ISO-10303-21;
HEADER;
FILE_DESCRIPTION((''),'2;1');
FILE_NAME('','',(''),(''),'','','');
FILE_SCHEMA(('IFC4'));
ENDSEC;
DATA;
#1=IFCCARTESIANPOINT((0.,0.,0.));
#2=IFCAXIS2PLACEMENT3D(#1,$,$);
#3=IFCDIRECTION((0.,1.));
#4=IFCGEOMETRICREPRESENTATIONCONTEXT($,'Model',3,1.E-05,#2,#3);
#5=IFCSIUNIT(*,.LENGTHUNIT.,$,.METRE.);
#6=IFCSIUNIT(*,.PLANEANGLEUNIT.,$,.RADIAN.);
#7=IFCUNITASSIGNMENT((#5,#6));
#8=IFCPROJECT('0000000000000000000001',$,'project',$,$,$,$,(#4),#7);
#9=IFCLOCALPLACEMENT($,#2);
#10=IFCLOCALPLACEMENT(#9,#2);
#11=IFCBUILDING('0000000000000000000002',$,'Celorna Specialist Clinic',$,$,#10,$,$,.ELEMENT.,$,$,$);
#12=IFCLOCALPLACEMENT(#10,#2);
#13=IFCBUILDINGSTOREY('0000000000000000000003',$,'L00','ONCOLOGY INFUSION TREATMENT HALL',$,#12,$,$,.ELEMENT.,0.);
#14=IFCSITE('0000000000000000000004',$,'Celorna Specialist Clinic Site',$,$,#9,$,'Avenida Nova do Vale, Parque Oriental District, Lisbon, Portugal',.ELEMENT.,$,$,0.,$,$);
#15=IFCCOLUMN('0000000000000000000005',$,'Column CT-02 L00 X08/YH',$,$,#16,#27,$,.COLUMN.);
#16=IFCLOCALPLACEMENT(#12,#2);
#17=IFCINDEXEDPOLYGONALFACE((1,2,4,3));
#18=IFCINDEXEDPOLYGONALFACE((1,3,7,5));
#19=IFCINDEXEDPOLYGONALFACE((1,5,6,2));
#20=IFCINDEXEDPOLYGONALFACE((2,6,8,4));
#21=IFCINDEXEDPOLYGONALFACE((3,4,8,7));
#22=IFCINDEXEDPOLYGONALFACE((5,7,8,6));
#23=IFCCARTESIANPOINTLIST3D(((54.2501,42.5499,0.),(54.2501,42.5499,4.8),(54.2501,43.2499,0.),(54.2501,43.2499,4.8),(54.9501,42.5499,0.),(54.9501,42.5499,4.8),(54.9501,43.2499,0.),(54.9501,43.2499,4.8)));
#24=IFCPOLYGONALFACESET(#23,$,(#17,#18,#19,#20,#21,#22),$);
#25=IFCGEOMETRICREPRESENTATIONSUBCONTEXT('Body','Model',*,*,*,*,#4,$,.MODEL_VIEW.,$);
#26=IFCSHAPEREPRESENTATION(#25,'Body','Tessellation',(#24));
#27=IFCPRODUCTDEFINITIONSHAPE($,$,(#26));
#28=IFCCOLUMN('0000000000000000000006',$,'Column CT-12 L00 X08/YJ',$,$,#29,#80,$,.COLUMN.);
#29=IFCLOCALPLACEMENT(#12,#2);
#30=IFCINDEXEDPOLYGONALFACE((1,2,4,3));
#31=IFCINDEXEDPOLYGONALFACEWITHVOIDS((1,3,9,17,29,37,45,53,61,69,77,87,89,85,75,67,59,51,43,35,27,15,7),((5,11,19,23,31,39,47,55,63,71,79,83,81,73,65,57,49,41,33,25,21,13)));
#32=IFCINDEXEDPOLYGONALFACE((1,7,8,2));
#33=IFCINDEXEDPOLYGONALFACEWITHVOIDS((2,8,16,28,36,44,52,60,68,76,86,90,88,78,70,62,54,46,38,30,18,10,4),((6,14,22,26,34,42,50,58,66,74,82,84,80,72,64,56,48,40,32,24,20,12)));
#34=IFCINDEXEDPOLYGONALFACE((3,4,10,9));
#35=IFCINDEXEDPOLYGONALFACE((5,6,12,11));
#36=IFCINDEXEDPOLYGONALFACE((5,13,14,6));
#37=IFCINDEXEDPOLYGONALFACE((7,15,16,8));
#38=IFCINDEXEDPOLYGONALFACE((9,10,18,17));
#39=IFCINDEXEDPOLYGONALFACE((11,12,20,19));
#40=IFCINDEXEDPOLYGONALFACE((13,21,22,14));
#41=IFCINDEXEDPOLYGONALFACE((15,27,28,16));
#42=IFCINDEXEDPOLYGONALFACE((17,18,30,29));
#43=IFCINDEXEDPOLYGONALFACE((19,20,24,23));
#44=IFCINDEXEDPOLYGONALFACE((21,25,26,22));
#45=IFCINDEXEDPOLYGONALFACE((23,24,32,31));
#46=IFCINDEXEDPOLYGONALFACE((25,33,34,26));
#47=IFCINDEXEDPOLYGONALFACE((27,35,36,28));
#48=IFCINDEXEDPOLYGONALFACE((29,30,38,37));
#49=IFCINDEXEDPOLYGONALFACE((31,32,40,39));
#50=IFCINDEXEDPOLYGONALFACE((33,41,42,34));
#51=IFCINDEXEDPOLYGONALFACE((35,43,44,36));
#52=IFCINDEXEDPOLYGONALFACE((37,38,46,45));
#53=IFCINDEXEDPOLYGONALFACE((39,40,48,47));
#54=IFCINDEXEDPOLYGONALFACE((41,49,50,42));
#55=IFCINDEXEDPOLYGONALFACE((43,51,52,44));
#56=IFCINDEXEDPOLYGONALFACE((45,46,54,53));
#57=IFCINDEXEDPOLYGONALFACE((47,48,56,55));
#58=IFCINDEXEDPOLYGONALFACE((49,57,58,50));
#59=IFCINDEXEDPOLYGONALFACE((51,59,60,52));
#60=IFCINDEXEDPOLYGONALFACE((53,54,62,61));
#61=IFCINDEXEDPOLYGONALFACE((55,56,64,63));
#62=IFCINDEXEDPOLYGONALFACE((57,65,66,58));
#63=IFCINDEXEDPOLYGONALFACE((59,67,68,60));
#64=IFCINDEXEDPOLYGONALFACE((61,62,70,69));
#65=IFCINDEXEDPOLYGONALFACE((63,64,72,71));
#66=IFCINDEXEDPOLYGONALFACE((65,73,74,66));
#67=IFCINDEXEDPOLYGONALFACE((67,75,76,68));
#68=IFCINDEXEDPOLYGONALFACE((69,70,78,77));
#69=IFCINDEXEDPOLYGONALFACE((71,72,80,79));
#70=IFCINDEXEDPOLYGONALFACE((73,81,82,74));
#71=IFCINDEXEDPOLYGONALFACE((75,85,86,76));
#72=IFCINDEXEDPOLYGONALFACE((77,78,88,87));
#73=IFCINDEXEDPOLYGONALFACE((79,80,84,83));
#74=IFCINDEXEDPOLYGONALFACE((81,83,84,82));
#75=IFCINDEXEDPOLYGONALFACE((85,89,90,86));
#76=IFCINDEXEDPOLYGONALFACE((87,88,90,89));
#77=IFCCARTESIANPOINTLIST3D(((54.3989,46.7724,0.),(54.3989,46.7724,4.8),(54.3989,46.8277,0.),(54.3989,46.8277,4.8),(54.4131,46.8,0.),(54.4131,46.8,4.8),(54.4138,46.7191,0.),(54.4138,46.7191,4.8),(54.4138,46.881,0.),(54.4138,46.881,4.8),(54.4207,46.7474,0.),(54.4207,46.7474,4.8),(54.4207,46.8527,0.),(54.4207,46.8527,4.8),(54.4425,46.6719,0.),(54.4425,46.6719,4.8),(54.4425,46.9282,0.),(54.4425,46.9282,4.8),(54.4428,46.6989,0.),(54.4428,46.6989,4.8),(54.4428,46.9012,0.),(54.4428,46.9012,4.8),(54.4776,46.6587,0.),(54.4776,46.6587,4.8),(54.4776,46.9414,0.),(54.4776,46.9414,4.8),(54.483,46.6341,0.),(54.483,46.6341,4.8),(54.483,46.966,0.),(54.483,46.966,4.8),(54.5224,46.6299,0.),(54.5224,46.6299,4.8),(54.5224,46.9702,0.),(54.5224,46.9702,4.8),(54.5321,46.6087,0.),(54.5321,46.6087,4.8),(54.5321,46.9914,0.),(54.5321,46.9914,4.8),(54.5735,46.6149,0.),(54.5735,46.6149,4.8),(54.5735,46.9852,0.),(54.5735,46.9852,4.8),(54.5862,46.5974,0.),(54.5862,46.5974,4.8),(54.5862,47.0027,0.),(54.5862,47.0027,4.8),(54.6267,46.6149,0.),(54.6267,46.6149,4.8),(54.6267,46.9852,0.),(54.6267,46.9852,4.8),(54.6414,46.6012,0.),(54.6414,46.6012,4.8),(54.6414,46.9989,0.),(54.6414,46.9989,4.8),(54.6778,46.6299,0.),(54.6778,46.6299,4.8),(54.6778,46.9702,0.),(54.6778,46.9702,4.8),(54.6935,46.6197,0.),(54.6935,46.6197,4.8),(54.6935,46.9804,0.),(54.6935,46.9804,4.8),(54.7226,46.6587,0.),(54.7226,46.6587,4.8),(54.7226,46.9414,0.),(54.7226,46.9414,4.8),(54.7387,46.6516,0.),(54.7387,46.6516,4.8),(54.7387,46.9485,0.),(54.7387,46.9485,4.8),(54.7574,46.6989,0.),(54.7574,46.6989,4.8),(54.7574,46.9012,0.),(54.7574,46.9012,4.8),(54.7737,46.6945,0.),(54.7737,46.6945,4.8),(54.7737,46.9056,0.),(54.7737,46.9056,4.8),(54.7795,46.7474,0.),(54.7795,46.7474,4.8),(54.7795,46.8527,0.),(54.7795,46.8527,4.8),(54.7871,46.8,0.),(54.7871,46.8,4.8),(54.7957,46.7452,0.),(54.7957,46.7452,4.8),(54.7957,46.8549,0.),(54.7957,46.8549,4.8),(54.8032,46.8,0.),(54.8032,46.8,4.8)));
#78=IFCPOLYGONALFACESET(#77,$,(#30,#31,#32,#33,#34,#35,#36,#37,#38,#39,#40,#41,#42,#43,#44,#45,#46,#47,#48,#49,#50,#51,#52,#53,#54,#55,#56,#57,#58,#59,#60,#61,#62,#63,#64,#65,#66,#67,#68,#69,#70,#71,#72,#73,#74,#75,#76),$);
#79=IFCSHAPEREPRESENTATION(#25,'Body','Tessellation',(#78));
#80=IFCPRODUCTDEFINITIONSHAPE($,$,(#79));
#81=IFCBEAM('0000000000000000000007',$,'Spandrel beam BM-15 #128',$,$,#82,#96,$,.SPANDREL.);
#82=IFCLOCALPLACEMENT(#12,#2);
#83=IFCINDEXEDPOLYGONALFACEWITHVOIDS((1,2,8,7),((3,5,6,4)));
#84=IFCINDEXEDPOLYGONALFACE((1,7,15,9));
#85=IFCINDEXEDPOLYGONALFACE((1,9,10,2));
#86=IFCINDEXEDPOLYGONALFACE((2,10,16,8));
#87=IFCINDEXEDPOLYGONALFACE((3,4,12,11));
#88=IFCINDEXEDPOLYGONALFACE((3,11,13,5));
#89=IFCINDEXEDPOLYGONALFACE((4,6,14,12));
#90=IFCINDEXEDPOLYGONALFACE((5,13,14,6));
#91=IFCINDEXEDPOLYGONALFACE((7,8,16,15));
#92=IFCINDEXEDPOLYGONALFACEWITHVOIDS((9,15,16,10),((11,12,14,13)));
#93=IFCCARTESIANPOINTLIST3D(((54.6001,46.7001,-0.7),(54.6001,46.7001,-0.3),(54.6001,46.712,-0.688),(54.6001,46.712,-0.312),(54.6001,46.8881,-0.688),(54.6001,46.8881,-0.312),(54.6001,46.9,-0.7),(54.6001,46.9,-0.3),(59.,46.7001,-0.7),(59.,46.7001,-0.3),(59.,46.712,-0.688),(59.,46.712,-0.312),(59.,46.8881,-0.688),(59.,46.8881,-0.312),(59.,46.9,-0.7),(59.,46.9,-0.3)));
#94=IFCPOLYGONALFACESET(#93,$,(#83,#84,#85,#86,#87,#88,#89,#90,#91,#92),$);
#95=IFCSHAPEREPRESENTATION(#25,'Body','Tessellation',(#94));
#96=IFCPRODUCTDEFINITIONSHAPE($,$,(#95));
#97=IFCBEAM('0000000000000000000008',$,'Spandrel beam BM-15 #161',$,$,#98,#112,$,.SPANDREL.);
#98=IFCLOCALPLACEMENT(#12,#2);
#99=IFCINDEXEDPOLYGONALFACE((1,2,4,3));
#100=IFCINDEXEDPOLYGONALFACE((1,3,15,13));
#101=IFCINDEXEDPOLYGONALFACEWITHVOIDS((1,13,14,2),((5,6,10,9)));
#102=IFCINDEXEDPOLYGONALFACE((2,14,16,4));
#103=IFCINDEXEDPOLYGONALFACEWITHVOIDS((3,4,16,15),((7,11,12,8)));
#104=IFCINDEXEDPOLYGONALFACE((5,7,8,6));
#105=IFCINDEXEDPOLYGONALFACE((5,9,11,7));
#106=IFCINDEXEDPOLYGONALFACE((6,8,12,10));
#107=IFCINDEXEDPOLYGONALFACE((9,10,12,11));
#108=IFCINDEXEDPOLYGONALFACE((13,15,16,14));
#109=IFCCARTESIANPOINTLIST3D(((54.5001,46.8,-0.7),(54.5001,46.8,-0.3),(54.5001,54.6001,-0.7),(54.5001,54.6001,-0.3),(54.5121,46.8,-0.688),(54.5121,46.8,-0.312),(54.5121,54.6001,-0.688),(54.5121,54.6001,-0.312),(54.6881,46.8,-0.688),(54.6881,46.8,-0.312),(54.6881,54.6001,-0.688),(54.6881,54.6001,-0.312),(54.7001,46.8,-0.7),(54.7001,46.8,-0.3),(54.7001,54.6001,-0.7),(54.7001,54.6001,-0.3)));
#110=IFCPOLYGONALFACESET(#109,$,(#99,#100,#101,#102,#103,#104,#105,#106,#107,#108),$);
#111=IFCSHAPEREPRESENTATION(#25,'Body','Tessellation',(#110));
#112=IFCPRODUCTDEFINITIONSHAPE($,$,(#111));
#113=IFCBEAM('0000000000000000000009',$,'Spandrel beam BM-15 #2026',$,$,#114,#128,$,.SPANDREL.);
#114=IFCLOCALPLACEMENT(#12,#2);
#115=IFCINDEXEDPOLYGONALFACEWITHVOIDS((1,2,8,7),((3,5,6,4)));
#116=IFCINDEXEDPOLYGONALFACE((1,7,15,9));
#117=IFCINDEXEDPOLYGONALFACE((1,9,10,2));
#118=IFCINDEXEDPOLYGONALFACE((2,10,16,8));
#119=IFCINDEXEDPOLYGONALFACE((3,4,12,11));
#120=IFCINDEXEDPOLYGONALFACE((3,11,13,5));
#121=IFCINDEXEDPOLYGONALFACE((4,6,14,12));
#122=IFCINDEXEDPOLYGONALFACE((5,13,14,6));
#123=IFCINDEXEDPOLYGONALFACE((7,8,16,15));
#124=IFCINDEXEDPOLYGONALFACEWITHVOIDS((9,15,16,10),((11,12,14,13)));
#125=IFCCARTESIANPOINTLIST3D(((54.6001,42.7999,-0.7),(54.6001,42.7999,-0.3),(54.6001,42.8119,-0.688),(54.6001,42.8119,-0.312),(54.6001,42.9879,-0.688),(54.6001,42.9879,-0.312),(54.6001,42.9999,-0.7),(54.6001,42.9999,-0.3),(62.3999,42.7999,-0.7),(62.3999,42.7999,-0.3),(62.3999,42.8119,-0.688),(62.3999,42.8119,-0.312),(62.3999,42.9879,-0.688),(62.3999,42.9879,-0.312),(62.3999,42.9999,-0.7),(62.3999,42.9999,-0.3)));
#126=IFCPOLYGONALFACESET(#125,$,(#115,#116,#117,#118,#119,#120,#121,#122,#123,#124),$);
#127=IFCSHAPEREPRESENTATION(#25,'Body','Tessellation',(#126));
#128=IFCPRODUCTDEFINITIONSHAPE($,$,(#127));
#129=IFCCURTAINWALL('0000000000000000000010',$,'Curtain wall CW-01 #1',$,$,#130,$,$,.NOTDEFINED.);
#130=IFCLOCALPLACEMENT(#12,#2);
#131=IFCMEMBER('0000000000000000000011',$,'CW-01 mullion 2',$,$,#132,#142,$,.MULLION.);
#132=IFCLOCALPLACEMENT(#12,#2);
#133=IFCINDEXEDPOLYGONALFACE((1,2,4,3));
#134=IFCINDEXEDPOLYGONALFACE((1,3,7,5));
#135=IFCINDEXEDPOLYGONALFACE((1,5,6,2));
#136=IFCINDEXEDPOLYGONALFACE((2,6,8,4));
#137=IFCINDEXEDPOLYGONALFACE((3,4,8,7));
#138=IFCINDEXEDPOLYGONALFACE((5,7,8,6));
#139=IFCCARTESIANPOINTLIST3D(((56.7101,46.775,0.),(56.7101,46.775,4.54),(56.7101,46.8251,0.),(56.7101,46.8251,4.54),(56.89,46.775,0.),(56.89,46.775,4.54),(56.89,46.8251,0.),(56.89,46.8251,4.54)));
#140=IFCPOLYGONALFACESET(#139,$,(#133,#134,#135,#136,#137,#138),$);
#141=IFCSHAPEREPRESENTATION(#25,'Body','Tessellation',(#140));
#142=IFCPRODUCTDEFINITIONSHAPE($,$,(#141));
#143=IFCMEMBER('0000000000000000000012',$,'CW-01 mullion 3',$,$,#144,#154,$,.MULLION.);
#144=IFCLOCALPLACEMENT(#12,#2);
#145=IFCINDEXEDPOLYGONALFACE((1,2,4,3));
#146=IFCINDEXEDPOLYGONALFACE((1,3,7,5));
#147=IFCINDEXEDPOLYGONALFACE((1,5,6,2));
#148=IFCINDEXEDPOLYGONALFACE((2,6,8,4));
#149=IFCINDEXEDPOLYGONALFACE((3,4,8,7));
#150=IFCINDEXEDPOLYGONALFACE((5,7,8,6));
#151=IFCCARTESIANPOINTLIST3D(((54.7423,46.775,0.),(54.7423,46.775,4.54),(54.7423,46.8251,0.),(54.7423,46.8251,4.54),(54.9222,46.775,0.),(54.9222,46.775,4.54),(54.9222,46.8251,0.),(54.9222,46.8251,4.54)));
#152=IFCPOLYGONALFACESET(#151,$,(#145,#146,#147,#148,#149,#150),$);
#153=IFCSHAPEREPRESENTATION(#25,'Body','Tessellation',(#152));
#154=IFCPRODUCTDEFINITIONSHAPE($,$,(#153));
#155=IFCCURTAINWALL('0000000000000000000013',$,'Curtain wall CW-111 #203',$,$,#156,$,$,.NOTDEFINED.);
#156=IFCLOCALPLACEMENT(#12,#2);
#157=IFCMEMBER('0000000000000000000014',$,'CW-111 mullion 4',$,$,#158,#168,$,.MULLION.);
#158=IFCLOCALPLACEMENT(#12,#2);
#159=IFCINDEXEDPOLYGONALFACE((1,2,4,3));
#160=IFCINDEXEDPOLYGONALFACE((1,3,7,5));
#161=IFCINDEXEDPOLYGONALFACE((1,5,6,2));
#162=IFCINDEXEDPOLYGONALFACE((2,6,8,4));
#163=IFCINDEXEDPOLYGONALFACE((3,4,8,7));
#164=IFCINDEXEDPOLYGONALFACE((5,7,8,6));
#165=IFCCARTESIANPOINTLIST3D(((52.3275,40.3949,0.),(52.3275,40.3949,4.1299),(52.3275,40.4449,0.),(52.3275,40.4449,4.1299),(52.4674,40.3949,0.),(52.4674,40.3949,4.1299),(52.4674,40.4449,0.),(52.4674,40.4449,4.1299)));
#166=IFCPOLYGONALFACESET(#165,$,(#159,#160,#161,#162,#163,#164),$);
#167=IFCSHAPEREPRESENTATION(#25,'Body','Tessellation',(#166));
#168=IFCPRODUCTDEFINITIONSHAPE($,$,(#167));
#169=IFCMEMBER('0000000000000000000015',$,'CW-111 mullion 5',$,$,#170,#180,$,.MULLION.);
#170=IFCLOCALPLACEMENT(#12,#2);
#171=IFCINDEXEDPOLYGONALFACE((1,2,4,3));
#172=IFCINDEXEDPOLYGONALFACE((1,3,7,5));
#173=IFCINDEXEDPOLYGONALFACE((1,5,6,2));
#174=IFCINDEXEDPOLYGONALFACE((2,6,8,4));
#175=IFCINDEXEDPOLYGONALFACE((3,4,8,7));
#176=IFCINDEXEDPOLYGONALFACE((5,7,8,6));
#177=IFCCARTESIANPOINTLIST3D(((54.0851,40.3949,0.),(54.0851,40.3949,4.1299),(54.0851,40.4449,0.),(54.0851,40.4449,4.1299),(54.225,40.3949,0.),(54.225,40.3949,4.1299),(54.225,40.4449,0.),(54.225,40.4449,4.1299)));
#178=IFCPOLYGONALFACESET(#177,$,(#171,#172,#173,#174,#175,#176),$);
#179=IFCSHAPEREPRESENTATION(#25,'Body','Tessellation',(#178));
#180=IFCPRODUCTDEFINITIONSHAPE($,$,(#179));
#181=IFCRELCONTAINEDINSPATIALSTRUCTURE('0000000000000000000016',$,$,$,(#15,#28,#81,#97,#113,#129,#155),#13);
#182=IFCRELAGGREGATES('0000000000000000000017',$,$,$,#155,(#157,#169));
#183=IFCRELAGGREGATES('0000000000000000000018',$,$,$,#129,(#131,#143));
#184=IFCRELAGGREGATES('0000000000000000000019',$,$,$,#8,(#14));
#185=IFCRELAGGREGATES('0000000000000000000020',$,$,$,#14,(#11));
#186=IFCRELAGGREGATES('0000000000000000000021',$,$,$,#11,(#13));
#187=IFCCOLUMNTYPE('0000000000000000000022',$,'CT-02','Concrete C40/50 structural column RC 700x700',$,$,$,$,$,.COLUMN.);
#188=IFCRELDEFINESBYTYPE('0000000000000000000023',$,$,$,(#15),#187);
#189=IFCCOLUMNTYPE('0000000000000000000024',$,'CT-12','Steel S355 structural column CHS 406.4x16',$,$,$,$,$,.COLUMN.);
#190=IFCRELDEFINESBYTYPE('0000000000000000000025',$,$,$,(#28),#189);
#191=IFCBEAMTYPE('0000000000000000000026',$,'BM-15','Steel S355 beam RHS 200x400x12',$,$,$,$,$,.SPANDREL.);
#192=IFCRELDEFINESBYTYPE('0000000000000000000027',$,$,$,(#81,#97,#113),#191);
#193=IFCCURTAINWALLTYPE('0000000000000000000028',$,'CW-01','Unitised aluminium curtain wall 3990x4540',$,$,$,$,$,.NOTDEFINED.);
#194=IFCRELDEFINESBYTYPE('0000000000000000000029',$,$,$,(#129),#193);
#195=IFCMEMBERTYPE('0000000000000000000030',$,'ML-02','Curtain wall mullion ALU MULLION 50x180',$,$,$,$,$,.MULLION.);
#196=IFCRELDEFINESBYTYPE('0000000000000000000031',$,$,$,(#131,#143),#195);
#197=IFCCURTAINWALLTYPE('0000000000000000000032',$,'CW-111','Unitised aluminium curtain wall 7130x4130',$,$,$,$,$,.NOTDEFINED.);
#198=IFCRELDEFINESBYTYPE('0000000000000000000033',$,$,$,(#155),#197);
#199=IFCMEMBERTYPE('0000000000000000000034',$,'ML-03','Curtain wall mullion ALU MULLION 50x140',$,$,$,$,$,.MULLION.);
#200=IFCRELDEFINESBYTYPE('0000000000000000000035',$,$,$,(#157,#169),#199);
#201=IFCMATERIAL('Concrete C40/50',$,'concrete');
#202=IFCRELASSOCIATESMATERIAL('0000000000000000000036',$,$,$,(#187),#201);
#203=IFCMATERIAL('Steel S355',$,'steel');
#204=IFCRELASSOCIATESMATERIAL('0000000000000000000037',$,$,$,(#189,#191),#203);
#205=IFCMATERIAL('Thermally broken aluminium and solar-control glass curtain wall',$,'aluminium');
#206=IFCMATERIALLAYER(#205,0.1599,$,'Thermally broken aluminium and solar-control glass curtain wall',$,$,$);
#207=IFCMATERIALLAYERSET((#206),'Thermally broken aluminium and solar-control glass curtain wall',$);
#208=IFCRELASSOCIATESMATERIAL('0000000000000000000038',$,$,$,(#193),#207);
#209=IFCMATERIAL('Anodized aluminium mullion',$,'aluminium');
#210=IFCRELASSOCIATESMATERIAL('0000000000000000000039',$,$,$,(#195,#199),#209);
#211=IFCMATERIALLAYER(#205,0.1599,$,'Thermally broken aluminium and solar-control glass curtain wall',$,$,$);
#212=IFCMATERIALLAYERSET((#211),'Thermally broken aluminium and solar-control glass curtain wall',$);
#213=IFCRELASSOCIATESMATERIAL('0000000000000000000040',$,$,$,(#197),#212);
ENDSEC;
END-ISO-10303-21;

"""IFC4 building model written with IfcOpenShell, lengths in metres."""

from ifc_helpers import new_model, si_unit, direction, frame, origin, origin_2d, place, context, subcontext, project, spatial, rectangle, hollow_rectangle, hollow_circle, extrude, material, layer, layer_set, material_profile, profile_set, type_object, element, aggregate, save


model = new_model("IFC4")

# Units and contexts
model_context = context("Model", 3, precision=1e-05, world=origin(), true_north=direction((0.0, 1.0)))
body_context = subcontext(model_context, "Body", "Model", "MODEL_VIEW")
ifc_project = project(units=[si_unit("LENGTHUNIT", "METRE"), si_unit("PLANEANGLEUNIT", "RADIAN")], contexts=[model_context])

# Site, building, storey
site_placement = place(None, origin())
site = spatial("IfcSite", under=ifc_project, at=site_placement, Name="Celorna Specialist Clinic Site", LongName="Avenida Nova do Vale, Parque Oriental District, Lisbon, Portugal", CompositionType="ELEMENT", RefElevation=0.0)
building_placement = place(site_placement, origin())
building = spatial("IfcBuilding", under=site, at=building_placement, Name="Celorna Specialist Clinic", CompositionType="ELEMENT")
storey_placement = place(building_placement, origin())
storey = spatial("IfcBuildingStorey", under=building, at=storey_placement, Name="L00", Description="ONCOLOGY INFUSION TREATMENT HALL", CompositionType="ELEMENT", Elevation=0.0)

# Columns
ifc_material_1 = material(Name="Concrete C40/50", Category="concrete")
ifc_material_profile_1 = material_profile(ifc_material_1, rectangle(XDim=0.7, YDim=0.7, at=origin_2d()), Name="RC 700x700")
ifc_profile_set_1 = profile_set([ifc_material_profile_1], Name="Concrete C40/50")
column_type_1 = type_object("IfcColumnType", Name="CT-02", Description="Concrete C40/50 structural column RC 700x700", PredefinedType="COLUMN", material=ifc_profile_set_1)
column_1_placement = place(storey_placement, frame((54.6001, 42.8999, 0.0), z_axis=(0.0, 0.0, 1.0), x_axis=(1.0, 0.0, 0.0)))
element("IfcColumn", 1, at=column_1_placement, inside=storey, type_object=column_type_1, Name="Column CT-02 L00 X08/YH", PredefinedType="COLUMN", context=body_context, shape_type="SweptSolid", body=[
    extrude(rectangle(XDim=0.7, YDim=0.7, at=origin_2d()), origin(), (0.0, 0.0, 1.0), 4.8),
])
ifc_material_2 = material(Name="Steel S355", Category="steel")
ifc_material_profile_2 = material_profile(ifc_material_2, hollow_circle(Radius=0.2031, WallThickness=0.0161, at=origin_2d()), Name="CHS 406.4x16")
ifc_profile_set_2 = profile_set([ifc_material_profile_2], Name="Steel S355")
column_type_2 = type_object("IfcColumnType", Name="CT-12", Description="Steel S355 structural column CHS 406.4x16", PredefinedType="COLUMN", material=ifc_profile_set_2)
column_2_placement = place(storey_placement, frame((54.6001, 46.8, 0.0), z_axis=(0.0, 0.0, 1.0), x_axis=(1.0, 0.0, 0.0)))
element("IfcColumn", 2, at=column_2_placement, inside=storey, type_object=column_type_2, Name="Column CT-12 L00 X08/YJ", PredefinedType="COLUMN", context=body_context, shape_type="SweptSolid", body=[
    extrude(hollow_circle(Radius=0.2031, WallThickness=0.0161, at=origin_2d()), origin(), (0.0, 0.0, 1.0), 4.8),
])

# Beams
ifc_material_profile_3 = material_profile(ifc_material_2, hollow_rectangle(XDim=0.2, YDim=0.3999, WallThickness=0.012, at=origin_2d()), Name="RHS 200x400x12")
ifc_profile_set_3 = profile_set([ifc_material_profile_3], Name="Steel S355")
beam_type = type_object("IfcBeamType", Name="BM-15", Description="Steel S355 beam RHS 200x400x12", PredefinedType="SPANDREL", material=ifc_profile_set_3)
beam_1_placement = place(storey_placement, frame((54.6001, 46.8, -0.5), z_axis=(1.0, 0.0, 0.0), x_axis=(0.0, 1.0, 0.0)))
element("IfcBeam", 3, at=beam_1_placement, inside=storey, type_object=beam_type, Name="Spandrel beam BM-15 #128", PredefinedType="SPANDREL", context=body_context, shape_type="SweptSolid", body=[
    extrude(hollow_rectangle(XDim=0.2, YDim=0.3999, WallThickness=0.012, at=origin_2d()), origin(), (0.0, 0.0, 1.0), 4.3999),
])
beam_2_placement = place(storey_placement, frame((54.6001, 46.8, -0.5), z_axis=(0.0, 1.0, 0.0), x_axis=(-1.0, 0.0, 0.0)))
element("IfcBeam", 4, at=beam_2_placement, inside=storey, type_object=beam_type, Name="Spandrel beam BM-15 #161", PredefinedType="SPANDREL", context=body_context, shape_type="SweptSolid", body=[
    extrude(hollow_rectangle(XDim=0.2, YDim=0.3999, WallThickness=0.012, at=origin_2d()), origin(), (0.0, 0.0, 1.0), 7.8),
])
beam_3_placement = place(storey_placement, frame((54.6001, 42.8999, -0.5), z_axis=(1.0, 0.0, 0.0), x_axis=(0.0, 1.0, 0.0)))
element("IfcBeam", 5, at=beam_3_placement, inside=storey, type_object=beam_type, Name="Spandrel beam BM-15 #2026", PredefinedType="SPANDREL", context=body_context, shape_type="SweptSolid", body=[
    extrude(hollow_rectangle(XDim=0.2, YDim=0.3999, WallThickness=0.012, at=origin_2d()), origin(), (0.0, 0.0, 1.0), 7.7998),
])

# Curtain walls, members
ifc_material_3 = material(Name="Thermally broken aluminium and solar-control glass curtain wall", Category="aluminium")
ifc_layer_1 = layer(ifc_material_3, 0.1599, Name="Thermally broken aluminium and solar-control glass curtain wall")
ifc_layer_set_1 = layer_set([ifc_layer_1], Name="Thermally broken aluminium and solar-control glass curtain wall")
curtain_wall_type_1 = type_object("IfcCurtainWallType", Name="CW-01", Description="Unitised aluminium curtain wall 3990x4540", PredefinedType="NOTDEFINED", material=ifc_layer_set_1)
curtain_wall_1_placement = place(storey_placement, origin())
curtain_wall_1 = element("IfcCurtainWall", 6, at=curtain_wall_1_placement, inside=storey, type_object=curtain_wall_type_1, Name="Curtain wall CW-01 #1", PredefinedType="NOTDEFINED")
ifc_material_4 = material(Name="Anodized aluminium mullion", Category="aluminium")
ifc_material_profile_4 = material_profile(ifc_material_4, rectangle(XDim=0.05, YDim=0.1799, at=origin_2d()), Name="ALU MULLION 50x180")
ifc_profile_set_4 = profile_set([ifc_material_profile_4], Name="Anodized aluminium mullion")
member_type_1 = type_object("IfcMemberType", Name="ML-02", Description="Curtain wall mullion ALU MULLION 50x180", PredefinedType="MULLION", material=ifc_profile_set_4)
member_1_placement = place(storey_placement, frame((56.8, 46.8, 0.0), z_axis=(0.0, 0.0, 1.0), x_axis=(0.0, -1.0, 0.0)))
member_1 = element("IfcMember", 7, at=member_1_placement, type_object=member_type_1, Name="CW-01 mullion 2", PredefinedType="MULLION", context=body_context, shape_type="SweptSolid", body=[
    extrude(rectangle(XDim=0.05, YDim=0.1799, at=origin_2d()), origin(), (0.0, 0.0, 1.0), 4.54),
])
member_2_placement = place(storey_placement, frame((54.8323, 46.8, 0.0), z_axis=(0.0, 0.0, 1.0), x_axis=(0.0, -1.0, 0.0)))
member_2 = element("IfcMember", 8, at=member_2_placement, type_object=member_type_1, Name="CW-01 mullion 3", PredefinedType="MULLION", context=body_context, shape_type="SweptSolid", body=[
    extrude(rectangle(XDim=0.05, YDim=0.1799, at=origin_2d()), origin(), (0.0, 0.0, 1.0), 4.54),
])
ifc_layer_2 = layer(ifc_material_3, 0.1599, Name="Thermally broken aluminium and solar-control glass curtain wall")
ifc_layer_set_2 = layer_set([ifc_layer_2], Name="Thermally broken aluminium and solar-control glass curtain wall")
curtain_wall_type_2 = type_object("IfcCurtainWallType", Name="CW-111", Description="Unitised aluminium curtain wall 7130x4130", PredefinedType="NOTDEFINED", material=ifc_layer_set_2)
curtain_wall_2_placement = place(storey_placement, origin())
curtain_wall_2 = element("IfcCurtainWall", 9, at=curtain_wall_2_placement, inside=storey, type_object=curtain_wall_type_2, Name="Curtain wall CW-111 #203", PredefinedType="NOTDEFINED")
ifc_material_profile_5 = material_profile(ifc_material_4, rectangle(XDim=0.05, YDim=0.1399, at=origin_2d()), Name="ALU MULLION 50x140")
ifc_profile_set_5 = profile_set([ifc_material_profile_5], Name="Anodized aluminium mullion")
member_type_2 = type_object("IfcMemberType", Name="ML-03", Description="Curtain wall mullion ALU MULLION 50x140", PredefinedType="MULLION", material=ifc_profile_set_5)
member_3_placement = place(storey_placement, frame((52.3975, 40.4199, 0.0), z_axis=(0.0, 0.0, 1.0), x_axis=(0.0, 1.0, 0.0)))
member_3 = element("IfcMember", 10, at=member_3_placement, type_object=member_type_2, Name="CW-111 mullion 4", PredefinedType="MULLION", context=body_context, shape_type="SweptSolid", body=[
    extrude(rectangle(XDim=0.05, YDim=0.1399, at=origin_2d()), origin(), (0.0, 0.0, 1.0), 4.1299),
])
member_4_placement = place(storey_placement, frame((54.155, 40.4199, 0.0), z_axis=(0.0, 0.0, 1.0), x_axis=(0.0, 1.0, 0.0)))
member_4 = element("IfcMember", 11, at=member_4_placement, type_object=member_type_2, Name="CW-111 mullion 5", PredefinedType="MULLION", context=body_context, shape_type="SweptSolid", body=[
    extrude(rectangle(XDim=0.05, YDim=0.1399, at=origin_2d()), origin(), (0.0, 0.0, 1.0), 4.1299),
])

aggregate(curtain_wall_2, [member_3, member_4])
aggregate(curtain_wall_1, [member_1, member_2])

save(model, "model.ifc")
